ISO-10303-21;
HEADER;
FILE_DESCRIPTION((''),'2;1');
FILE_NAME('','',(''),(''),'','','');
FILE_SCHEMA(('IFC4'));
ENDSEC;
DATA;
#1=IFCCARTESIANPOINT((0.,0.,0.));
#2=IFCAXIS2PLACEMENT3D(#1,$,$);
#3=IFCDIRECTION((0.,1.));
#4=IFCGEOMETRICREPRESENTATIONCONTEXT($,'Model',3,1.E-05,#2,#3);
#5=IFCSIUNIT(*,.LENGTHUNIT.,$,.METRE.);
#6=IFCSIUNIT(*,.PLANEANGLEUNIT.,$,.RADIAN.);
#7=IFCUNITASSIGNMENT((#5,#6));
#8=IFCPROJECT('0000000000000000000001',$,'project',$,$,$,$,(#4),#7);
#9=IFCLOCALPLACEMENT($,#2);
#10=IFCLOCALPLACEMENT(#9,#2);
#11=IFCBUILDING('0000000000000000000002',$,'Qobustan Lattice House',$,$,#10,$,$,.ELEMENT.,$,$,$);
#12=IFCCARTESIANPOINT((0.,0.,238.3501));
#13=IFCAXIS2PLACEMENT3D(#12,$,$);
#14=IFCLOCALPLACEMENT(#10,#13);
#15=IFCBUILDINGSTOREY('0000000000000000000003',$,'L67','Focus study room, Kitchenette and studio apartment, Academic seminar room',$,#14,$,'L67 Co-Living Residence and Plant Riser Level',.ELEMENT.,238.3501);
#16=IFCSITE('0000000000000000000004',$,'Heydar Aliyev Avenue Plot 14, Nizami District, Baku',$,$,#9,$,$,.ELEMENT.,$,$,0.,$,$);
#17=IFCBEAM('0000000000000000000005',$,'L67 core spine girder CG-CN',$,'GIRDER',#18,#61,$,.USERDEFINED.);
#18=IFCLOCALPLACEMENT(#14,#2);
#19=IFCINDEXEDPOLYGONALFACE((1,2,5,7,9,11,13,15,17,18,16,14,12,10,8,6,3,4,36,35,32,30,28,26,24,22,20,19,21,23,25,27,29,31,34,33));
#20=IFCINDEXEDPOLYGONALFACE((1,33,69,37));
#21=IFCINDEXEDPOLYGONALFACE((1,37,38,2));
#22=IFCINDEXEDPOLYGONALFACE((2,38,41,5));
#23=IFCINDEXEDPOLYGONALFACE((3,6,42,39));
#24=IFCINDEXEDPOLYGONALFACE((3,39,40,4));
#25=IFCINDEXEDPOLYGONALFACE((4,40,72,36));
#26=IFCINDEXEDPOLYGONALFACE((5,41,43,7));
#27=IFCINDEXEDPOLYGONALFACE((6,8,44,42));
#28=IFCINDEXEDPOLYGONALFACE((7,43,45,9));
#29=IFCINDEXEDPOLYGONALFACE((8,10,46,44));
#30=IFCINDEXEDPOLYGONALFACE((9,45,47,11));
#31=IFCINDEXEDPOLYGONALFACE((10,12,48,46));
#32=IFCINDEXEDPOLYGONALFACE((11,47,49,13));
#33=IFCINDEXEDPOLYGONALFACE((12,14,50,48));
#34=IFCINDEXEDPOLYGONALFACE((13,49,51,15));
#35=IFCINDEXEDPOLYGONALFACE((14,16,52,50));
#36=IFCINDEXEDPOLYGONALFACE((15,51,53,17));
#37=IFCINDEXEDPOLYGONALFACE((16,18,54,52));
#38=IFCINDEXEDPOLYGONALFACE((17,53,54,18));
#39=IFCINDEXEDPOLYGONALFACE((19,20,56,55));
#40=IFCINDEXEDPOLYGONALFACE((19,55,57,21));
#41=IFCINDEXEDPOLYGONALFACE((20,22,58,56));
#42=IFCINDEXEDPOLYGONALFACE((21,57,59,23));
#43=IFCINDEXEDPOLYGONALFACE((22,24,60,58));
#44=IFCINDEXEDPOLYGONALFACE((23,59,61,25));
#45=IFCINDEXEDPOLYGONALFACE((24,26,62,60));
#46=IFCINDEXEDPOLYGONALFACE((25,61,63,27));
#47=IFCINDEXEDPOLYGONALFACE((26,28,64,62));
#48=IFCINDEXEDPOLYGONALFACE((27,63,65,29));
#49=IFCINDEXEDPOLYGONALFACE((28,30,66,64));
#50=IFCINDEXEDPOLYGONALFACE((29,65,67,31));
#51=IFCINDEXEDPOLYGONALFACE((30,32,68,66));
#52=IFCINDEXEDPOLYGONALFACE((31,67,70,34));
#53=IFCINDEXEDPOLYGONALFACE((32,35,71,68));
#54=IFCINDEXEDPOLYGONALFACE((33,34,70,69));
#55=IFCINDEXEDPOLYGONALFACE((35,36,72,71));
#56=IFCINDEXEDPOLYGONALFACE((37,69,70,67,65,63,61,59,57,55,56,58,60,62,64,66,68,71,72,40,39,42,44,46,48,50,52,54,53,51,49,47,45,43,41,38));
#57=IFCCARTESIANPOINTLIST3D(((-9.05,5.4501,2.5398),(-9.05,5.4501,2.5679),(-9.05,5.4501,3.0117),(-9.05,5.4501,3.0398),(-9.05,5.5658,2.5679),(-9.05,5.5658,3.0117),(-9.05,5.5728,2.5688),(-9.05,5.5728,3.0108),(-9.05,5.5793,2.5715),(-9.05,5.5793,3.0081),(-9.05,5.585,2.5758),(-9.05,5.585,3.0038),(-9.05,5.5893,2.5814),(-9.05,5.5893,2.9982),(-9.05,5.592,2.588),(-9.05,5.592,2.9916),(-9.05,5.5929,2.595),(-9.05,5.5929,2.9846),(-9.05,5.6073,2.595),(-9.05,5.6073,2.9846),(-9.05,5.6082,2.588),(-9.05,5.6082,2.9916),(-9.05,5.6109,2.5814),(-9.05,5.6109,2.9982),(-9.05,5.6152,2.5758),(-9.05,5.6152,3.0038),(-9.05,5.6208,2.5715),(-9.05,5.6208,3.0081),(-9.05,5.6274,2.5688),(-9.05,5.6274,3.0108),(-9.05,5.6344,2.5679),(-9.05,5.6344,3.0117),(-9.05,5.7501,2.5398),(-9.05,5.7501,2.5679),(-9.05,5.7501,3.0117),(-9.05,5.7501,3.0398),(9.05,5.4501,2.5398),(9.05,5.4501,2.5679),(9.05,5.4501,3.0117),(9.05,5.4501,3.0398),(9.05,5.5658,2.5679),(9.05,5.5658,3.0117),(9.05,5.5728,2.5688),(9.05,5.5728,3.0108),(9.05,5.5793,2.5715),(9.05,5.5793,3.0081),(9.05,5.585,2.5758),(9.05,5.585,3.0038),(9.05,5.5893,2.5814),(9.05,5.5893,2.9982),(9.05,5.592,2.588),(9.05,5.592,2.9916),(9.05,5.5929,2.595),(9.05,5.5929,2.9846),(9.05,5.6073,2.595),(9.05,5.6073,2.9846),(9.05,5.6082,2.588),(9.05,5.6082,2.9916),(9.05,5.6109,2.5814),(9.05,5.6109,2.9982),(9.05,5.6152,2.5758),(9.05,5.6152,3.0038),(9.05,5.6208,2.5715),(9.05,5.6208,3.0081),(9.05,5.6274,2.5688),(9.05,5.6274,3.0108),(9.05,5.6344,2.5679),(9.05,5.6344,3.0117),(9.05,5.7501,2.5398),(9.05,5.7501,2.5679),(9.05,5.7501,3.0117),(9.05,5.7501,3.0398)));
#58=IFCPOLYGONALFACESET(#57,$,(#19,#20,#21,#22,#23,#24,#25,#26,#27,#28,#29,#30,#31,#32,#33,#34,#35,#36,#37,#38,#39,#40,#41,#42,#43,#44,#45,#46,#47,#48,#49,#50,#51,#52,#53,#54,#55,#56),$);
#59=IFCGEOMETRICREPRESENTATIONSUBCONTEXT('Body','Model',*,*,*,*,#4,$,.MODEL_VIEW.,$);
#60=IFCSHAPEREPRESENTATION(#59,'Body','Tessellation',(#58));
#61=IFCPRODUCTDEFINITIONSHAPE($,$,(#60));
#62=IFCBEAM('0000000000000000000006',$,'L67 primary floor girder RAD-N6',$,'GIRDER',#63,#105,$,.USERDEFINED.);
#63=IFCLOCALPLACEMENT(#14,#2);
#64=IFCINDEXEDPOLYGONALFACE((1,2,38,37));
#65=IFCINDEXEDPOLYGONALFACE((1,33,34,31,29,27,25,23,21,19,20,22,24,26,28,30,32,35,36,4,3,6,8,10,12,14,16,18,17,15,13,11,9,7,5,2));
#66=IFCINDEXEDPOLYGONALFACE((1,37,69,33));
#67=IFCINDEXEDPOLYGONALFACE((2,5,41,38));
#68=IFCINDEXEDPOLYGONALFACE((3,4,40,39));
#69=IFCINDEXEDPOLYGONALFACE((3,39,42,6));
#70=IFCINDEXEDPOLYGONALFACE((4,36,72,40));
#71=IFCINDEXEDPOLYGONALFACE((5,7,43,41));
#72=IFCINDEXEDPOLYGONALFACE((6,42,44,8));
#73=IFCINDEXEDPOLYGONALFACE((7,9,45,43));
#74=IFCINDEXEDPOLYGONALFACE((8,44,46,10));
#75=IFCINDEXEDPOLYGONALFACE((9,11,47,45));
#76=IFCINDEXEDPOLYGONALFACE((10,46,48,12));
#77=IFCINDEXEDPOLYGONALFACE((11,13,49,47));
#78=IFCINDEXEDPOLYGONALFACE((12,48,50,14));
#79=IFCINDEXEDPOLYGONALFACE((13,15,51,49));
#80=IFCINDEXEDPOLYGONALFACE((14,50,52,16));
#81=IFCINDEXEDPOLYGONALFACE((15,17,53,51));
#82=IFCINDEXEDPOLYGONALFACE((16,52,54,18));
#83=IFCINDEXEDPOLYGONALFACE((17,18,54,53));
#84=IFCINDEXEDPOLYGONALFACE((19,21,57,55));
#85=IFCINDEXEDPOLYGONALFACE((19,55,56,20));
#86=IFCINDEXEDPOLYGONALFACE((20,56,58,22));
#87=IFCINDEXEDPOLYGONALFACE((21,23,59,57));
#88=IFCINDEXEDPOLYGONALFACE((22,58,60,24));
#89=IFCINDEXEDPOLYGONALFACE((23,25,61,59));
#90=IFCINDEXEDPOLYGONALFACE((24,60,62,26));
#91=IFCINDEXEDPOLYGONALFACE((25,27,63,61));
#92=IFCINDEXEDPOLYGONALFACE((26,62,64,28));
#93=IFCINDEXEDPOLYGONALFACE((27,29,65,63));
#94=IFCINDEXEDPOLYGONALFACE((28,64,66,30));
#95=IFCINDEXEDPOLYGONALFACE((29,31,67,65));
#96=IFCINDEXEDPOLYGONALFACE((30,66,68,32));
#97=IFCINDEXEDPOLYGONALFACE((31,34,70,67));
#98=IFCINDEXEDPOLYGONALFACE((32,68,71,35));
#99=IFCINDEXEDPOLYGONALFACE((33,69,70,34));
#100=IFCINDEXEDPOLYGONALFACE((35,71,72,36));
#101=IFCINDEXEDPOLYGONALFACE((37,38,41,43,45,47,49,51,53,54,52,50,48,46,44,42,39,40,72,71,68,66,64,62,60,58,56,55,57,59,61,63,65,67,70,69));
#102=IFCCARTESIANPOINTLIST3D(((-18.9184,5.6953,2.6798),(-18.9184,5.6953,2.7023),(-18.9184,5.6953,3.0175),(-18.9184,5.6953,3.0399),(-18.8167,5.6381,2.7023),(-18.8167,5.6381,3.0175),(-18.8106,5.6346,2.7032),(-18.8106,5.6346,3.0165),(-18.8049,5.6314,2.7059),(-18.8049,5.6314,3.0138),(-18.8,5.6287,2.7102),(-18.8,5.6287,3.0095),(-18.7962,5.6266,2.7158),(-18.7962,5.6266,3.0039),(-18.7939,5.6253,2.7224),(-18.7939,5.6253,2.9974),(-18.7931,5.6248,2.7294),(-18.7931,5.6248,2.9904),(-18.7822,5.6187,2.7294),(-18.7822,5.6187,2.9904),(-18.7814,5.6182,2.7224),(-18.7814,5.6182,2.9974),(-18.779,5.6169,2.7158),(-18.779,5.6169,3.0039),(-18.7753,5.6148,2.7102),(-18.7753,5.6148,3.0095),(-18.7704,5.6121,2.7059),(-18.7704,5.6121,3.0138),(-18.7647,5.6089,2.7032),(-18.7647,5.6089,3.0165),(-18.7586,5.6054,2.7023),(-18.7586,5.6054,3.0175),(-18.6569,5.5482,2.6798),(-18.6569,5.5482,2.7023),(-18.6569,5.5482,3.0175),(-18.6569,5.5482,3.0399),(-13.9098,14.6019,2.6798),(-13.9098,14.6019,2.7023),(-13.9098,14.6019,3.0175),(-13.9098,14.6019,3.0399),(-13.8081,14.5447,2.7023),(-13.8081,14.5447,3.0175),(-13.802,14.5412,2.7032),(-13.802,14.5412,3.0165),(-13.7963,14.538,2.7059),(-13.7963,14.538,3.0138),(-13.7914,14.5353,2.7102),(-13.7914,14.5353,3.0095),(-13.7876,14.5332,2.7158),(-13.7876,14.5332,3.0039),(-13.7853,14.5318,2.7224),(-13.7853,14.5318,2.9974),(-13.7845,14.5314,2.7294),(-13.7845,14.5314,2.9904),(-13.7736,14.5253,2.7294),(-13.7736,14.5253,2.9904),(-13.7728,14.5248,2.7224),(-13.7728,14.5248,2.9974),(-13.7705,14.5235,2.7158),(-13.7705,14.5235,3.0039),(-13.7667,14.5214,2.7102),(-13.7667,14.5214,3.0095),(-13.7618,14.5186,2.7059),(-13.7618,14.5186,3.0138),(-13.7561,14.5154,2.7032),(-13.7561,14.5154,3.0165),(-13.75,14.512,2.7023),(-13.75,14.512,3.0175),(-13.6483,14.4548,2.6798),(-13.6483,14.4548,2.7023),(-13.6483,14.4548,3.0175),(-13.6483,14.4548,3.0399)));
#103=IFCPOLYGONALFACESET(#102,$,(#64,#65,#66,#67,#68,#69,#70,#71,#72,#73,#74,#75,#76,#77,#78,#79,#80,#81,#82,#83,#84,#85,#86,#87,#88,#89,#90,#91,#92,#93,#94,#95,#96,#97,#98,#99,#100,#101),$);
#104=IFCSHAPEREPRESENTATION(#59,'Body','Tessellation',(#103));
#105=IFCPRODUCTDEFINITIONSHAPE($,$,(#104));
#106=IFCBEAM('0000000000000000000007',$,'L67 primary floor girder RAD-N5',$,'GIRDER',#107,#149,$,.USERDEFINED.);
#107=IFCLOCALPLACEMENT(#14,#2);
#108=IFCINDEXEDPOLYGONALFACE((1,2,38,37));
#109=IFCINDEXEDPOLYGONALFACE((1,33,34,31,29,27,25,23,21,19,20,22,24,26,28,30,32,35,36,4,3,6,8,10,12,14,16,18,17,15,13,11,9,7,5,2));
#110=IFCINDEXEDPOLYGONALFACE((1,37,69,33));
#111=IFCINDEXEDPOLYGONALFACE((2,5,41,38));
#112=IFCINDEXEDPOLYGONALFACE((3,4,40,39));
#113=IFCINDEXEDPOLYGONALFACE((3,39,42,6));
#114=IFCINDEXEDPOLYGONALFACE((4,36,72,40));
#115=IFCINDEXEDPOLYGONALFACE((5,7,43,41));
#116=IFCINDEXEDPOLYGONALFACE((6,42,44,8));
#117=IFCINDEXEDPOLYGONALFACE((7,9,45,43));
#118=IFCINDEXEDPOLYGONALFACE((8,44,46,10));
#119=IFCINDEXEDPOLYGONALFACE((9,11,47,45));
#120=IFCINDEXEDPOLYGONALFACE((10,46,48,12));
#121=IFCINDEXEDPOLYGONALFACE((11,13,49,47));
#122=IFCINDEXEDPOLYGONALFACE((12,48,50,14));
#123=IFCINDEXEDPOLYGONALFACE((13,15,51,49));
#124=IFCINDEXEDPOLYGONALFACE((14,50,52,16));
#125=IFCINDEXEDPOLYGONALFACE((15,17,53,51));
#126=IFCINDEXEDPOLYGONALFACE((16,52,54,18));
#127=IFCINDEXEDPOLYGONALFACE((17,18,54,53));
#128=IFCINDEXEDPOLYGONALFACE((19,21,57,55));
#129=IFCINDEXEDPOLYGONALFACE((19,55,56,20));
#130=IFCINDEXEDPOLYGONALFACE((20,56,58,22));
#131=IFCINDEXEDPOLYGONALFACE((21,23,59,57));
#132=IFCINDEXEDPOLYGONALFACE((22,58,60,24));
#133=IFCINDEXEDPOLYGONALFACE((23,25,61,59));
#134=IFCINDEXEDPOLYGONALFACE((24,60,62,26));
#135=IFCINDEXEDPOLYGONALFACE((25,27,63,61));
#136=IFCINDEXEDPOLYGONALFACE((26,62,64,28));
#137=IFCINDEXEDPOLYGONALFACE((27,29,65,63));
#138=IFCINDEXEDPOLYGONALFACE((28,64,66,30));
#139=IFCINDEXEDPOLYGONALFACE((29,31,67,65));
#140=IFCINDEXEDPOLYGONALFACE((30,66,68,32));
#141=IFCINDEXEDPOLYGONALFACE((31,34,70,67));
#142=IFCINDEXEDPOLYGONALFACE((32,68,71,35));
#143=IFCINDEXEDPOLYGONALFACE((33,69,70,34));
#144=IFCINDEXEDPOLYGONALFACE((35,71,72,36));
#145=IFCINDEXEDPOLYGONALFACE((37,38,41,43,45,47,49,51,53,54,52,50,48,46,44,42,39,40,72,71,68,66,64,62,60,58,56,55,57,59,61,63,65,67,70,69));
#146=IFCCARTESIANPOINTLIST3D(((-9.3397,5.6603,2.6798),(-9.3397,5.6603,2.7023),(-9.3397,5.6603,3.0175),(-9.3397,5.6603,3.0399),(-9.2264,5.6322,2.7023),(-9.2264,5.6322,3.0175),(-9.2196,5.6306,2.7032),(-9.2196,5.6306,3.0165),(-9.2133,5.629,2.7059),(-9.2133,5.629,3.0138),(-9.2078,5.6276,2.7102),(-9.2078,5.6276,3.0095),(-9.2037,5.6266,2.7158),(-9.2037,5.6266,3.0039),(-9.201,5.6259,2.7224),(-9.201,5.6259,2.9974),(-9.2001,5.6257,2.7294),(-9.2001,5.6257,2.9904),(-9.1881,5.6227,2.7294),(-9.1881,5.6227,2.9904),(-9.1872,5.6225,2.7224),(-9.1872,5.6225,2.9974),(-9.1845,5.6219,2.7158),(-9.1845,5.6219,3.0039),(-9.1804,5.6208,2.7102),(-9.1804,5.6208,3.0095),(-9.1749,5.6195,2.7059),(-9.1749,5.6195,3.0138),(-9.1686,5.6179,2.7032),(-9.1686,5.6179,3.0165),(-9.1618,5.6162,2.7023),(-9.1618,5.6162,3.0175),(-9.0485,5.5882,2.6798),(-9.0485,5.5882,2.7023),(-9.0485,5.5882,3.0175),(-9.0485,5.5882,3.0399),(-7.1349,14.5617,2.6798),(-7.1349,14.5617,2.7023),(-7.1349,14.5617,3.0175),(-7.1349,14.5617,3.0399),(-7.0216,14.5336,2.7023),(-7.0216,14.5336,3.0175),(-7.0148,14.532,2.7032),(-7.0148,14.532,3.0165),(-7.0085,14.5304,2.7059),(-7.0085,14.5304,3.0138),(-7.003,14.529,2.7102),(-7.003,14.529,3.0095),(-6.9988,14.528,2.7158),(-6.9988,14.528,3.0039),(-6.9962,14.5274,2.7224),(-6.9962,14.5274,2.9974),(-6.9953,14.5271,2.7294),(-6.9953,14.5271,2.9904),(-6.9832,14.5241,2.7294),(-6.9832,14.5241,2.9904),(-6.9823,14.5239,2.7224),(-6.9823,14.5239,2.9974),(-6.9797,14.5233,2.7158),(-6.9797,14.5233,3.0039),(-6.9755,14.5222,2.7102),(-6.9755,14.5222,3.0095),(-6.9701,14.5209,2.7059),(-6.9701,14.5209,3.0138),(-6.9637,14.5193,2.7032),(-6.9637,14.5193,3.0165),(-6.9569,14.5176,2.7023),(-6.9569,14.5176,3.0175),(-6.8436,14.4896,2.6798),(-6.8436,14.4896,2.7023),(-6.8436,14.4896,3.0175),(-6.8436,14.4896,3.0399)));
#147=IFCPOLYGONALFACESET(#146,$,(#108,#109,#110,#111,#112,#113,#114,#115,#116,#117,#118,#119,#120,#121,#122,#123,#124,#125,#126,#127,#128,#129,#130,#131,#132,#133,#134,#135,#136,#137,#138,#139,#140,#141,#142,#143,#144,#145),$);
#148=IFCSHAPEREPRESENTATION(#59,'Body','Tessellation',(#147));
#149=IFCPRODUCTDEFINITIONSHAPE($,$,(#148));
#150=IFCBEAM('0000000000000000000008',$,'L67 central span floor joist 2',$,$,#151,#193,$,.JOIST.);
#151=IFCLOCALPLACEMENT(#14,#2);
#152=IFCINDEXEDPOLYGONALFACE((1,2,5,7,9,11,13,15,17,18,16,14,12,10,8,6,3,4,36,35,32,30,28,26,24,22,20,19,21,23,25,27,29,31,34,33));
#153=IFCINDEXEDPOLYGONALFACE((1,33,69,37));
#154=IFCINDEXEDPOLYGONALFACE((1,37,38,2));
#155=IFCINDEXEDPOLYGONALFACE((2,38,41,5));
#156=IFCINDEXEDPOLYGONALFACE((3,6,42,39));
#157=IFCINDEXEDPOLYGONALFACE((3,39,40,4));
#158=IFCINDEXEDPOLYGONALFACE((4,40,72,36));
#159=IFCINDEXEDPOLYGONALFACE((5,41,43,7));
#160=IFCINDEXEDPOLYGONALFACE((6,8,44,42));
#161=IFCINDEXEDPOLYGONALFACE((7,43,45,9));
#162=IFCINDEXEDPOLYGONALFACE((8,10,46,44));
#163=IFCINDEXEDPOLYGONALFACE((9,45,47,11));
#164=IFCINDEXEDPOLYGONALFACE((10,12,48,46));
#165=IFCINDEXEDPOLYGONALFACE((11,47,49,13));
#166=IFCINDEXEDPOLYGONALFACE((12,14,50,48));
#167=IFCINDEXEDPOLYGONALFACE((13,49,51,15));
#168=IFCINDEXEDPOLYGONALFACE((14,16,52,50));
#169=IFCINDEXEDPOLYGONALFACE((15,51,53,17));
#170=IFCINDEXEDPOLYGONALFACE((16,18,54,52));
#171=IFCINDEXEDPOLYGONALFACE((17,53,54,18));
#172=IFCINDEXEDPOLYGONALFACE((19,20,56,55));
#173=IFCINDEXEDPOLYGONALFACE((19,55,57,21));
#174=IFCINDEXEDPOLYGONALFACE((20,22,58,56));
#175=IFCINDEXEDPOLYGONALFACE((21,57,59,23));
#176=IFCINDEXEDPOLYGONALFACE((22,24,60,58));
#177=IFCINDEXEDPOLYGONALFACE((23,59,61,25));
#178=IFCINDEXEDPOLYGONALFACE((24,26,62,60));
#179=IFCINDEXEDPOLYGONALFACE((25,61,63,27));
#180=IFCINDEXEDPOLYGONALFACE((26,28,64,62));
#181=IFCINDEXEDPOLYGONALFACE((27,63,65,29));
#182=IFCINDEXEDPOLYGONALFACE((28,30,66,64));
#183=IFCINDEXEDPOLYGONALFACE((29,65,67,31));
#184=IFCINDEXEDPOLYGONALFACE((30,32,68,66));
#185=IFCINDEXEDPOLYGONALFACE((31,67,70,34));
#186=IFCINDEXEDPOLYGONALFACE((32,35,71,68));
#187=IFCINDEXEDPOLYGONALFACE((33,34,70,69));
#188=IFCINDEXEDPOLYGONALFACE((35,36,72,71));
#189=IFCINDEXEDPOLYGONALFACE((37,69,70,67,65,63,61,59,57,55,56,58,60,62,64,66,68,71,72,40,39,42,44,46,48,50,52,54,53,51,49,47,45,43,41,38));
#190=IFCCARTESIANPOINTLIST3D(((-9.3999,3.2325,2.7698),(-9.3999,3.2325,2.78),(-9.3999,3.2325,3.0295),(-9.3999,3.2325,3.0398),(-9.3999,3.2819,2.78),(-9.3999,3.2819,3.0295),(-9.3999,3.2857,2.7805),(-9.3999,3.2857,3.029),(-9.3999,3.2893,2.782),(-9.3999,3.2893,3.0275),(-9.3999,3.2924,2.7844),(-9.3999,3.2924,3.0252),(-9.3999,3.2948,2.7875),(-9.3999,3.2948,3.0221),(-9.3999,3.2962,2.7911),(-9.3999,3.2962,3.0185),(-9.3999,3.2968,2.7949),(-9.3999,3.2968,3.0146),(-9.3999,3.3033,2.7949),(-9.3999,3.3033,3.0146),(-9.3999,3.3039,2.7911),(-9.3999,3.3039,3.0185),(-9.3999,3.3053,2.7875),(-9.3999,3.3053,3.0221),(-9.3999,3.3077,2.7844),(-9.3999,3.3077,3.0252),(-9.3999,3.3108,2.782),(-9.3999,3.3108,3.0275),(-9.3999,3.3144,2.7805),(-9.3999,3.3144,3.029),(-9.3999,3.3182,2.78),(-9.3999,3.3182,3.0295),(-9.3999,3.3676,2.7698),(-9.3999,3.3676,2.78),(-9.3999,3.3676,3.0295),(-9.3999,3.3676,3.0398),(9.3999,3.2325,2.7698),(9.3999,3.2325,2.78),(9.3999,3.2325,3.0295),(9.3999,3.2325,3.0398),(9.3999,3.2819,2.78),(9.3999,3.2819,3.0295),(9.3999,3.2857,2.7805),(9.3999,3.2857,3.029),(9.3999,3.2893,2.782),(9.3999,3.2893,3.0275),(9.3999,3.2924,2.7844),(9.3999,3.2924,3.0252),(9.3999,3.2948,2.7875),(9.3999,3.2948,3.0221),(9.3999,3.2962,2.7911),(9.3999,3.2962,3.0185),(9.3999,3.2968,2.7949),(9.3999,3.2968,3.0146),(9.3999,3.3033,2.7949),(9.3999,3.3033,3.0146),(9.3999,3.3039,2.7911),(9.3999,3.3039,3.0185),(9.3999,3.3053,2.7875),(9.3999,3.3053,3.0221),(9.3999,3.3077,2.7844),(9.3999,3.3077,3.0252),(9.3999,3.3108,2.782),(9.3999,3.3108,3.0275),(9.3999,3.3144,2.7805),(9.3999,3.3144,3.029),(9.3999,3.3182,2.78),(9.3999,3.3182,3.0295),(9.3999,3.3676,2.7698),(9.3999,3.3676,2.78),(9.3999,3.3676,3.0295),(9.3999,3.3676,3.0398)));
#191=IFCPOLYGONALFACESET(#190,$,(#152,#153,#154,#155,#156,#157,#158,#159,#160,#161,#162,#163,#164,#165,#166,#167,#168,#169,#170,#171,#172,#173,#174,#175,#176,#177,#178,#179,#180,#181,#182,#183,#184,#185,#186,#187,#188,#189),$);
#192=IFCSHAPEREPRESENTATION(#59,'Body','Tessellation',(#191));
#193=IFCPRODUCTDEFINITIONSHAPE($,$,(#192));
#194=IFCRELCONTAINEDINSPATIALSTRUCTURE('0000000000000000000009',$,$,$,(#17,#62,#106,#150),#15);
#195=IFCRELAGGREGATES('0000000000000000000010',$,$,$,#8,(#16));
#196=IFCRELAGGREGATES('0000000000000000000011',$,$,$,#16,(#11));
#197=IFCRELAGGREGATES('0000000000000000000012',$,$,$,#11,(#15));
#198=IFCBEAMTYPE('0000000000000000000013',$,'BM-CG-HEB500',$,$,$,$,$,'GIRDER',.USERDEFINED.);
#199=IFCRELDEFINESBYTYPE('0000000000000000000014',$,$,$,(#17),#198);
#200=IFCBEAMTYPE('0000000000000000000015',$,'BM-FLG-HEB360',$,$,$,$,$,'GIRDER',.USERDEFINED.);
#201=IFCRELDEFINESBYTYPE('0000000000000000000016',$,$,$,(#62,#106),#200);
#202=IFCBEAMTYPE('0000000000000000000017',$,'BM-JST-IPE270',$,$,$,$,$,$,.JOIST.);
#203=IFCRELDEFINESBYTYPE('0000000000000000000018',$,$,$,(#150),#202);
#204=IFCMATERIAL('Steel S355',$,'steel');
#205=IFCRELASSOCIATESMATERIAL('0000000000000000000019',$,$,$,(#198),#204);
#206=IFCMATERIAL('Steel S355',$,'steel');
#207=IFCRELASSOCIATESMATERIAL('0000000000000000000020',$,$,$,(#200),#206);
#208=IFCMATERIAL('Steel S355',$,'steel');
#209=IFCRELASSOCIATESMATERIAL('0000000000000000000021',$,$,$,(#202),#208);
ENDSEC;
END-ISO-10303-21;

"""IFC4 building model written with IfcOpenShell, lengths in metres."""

from ifc_helpers import new_model, si_unit, direction, frame, origin, origin_2d, place, context, subcontext, project, spatial, i_section, extrude, material, material_profile, profile_set, type_object, element, save


model = new_model("IFC4")

# Units and contexts
model_context = context("Model", 3, precision=1e-05, world=origin(), true_north=direction((0.0, 1.0)))
body_context = subcontext(model_context, "Body", "Model", "MODEL_VIEW")
ifc_project = project(units=[si_unit("LENGTHUNIT", "METRE"), si_unit("PLANEANGLEUNIT", "RADIAN")], contexts=[model_context])

# Site, building, storey
site_placement = place(None, origin())
site = spatial("IfcSite", under=ifc_project, at=site_placement, Name="Heydar Aliyev Avenue Plot 14, Nizami District, Baku", CompositionType="ELEMENT", RefElevation=0.0)
building_placement = place(site_placement, origin())
building = spatial("IfcBuilding", under=site, at=building_placement, Name="Qobustan Lattice House", CompositionType="ELEMENT")
storey_placement = place(building_placement, frame((0.0, 0.0, 238.3501)))
storey = spatial("IfcBuildingStorey", under=building, at=storey_placement, Name="L67", Description="Focus study room, Kitchenette and studio apartment, Academic seminar room", LongName="L67 Co-Living Residence and Plant Riser Level", CompositionType="ELEMENT", Elevation=238.3501)

# Beams
ifc_material_1 = material(Name="Steel S355", Category="steel")
ifc_material_profile_1 = material_profile(ifc_material_1, i_section(OverallWidth=0.3, OverallDepth=0.5, WebThickness=0.0144, FlangeThickness=0.0281, FilletRadius=0.0271, at=origin_2d()), Name="HEB500")
ifc_profile_set_1 = profile_set([ifc_material_profile_1], Name="Steel S355")
beam_type_1 = type_object("IfcBeamType", Name="BM-CG-HEB500", ElementType="GIRDER", PredefinedType="USERDEFINED", material=ifc_profile_set_1)
beam_1_placement = place(storey_placement, frame((-9.05, 5.6001, 2.7898), z_axis=(1.0, 0.0, 0.0), x_axis=(0.0, 1.0, 0.0)))
element("IfcBeam", 1, at=beam_1_placement, inside=storey, type_object=beam_type_1, Name="L67 core spine girder CG-CN", ObjectType="GIRDER", PredefinedType="USERDEFINED", context=body_context, shape_type="SweptSolid", body=[
    extrude(i_section(OverallWidth=0.3, OverallDepth=0.5, WebThickness=0.0144, FlangeThickness=0.0281, FilletRadius=0.0271, at=origin_2d()), origin(), (0.0, 0.0, 1.0), 18.1001),
])
ifc_material_2 = material(Name="Steel S355", Category="steel")
ifc_material_profile_2 = material_profile(ifc_material_2, i_section(OverallWidth=0.3, OverallDepth=0.3601, WebThickness=0.0125, FlangeThickness=0.0225, FilletRadius=0.0271, at=origin_2d()), Name="HEB360")
ifc_profile_set_2 = profile_set([ifc_material_profile_2], Name="Steel S355")
beam_type_2 = type_object("IfcBeamType", Name="BM-FLG-HEB360", ElementType="GIRDER", PredefinedType="USERDEFINED", material=ifc_profile_set_2)
beam_2_placement = place(storey_placement, frame((-13.7791, 14.5283, 2.8599), z_axis=(-0.49016, -0.871632, 0.0), x_axis=(0.871632, -0.49016, 0.0)))
element("IfcBeam", 2, at=beam_2_placement, inside=storey, type_object=beam_type_2, Name="L67 primary floor girder RAD-N6", ObjectType="GIRDER", PredefinedType="USERDEFINED", context=body_context, shape_type="SweptSolid", body=[
    extrude(i_section(OverallWidth=0.3, OverallDepth=0.3601, WebThickness=0.0125, FlangeThickness=0.0225, FilletRadius=0.0271, at=origin_2d()), origin(), (0.0, 0.0, 1.0), 10.2183),
])
beam_3_placement = place(storey_placement, frame((-6.9893, 14.5256, 2.8599), z_axis=(-0.24043, -0.970666, 0.0), x_axis=(0.970666, -0.24043, 0.0)))
element("IfcBeam", 3, at=beam_3_placement, inside=storey, type_object=beam_type_2, Name="L67 primary floor girder RAD-N5", ObjectType="GIRDER", PredefinedType="USERDEFINED", context=body_context, shape_type="SweptSolid", body=[
    extrude(i_section(OverallWidth=0.3, OverallDepth=0.3601, WebThickness=0.0125, FlangeThickness=0.0225, FilletRadius=0.0271, at=origin_2d()), origin(), (0.0, 0.0, 1.0), 9.1704),
])
ifc_material_3 = material(Name="Steel S355", Category="steel")
ifc_material_profile_3 = material_profile(ifc_material_3, i_section(OverallWidth=0.135, OverallDepth=0.27, WebThickness=0.0066, FlangeThickness=0.0103, FilletRadius=0.0149, at=origin_2d()), Name="IPE270")
ifc_profile_set_3 = profile_set([ifc_material_profile_3], Name="Steel S355")
beam_type_3 = type_object("IfcBeamType", Name="BM-JST-IPE270", PredefinedType="JOIST", material=ifc_profile_set_3)
beam_4_placement = place(storey_placement, frame((-9.3999, 3.3, 2.9048), z_axis=(1.0, 0.0, 0.0), x_axis=(0.0, 1.0, 0.0)))
element("IfcBeam", 4, at=beam_4_placement, inside=storey, type_object=beam_type_3, Name="L67 central span floor joist 2", PredefinedType="JOIST", context=body_context, shape_type="SweptSolid", body=[
    extrude(i_section(OverallWidth=0.135, OverallDepth=0.27, WebThickness=0.0066, FlangeThickness=0.0103, FilletRadius=0.0149, at=origin_2d()), origin(), (0.0, 0.0, 1.0), 18.7998),
])

save(model, "model.ifc")
